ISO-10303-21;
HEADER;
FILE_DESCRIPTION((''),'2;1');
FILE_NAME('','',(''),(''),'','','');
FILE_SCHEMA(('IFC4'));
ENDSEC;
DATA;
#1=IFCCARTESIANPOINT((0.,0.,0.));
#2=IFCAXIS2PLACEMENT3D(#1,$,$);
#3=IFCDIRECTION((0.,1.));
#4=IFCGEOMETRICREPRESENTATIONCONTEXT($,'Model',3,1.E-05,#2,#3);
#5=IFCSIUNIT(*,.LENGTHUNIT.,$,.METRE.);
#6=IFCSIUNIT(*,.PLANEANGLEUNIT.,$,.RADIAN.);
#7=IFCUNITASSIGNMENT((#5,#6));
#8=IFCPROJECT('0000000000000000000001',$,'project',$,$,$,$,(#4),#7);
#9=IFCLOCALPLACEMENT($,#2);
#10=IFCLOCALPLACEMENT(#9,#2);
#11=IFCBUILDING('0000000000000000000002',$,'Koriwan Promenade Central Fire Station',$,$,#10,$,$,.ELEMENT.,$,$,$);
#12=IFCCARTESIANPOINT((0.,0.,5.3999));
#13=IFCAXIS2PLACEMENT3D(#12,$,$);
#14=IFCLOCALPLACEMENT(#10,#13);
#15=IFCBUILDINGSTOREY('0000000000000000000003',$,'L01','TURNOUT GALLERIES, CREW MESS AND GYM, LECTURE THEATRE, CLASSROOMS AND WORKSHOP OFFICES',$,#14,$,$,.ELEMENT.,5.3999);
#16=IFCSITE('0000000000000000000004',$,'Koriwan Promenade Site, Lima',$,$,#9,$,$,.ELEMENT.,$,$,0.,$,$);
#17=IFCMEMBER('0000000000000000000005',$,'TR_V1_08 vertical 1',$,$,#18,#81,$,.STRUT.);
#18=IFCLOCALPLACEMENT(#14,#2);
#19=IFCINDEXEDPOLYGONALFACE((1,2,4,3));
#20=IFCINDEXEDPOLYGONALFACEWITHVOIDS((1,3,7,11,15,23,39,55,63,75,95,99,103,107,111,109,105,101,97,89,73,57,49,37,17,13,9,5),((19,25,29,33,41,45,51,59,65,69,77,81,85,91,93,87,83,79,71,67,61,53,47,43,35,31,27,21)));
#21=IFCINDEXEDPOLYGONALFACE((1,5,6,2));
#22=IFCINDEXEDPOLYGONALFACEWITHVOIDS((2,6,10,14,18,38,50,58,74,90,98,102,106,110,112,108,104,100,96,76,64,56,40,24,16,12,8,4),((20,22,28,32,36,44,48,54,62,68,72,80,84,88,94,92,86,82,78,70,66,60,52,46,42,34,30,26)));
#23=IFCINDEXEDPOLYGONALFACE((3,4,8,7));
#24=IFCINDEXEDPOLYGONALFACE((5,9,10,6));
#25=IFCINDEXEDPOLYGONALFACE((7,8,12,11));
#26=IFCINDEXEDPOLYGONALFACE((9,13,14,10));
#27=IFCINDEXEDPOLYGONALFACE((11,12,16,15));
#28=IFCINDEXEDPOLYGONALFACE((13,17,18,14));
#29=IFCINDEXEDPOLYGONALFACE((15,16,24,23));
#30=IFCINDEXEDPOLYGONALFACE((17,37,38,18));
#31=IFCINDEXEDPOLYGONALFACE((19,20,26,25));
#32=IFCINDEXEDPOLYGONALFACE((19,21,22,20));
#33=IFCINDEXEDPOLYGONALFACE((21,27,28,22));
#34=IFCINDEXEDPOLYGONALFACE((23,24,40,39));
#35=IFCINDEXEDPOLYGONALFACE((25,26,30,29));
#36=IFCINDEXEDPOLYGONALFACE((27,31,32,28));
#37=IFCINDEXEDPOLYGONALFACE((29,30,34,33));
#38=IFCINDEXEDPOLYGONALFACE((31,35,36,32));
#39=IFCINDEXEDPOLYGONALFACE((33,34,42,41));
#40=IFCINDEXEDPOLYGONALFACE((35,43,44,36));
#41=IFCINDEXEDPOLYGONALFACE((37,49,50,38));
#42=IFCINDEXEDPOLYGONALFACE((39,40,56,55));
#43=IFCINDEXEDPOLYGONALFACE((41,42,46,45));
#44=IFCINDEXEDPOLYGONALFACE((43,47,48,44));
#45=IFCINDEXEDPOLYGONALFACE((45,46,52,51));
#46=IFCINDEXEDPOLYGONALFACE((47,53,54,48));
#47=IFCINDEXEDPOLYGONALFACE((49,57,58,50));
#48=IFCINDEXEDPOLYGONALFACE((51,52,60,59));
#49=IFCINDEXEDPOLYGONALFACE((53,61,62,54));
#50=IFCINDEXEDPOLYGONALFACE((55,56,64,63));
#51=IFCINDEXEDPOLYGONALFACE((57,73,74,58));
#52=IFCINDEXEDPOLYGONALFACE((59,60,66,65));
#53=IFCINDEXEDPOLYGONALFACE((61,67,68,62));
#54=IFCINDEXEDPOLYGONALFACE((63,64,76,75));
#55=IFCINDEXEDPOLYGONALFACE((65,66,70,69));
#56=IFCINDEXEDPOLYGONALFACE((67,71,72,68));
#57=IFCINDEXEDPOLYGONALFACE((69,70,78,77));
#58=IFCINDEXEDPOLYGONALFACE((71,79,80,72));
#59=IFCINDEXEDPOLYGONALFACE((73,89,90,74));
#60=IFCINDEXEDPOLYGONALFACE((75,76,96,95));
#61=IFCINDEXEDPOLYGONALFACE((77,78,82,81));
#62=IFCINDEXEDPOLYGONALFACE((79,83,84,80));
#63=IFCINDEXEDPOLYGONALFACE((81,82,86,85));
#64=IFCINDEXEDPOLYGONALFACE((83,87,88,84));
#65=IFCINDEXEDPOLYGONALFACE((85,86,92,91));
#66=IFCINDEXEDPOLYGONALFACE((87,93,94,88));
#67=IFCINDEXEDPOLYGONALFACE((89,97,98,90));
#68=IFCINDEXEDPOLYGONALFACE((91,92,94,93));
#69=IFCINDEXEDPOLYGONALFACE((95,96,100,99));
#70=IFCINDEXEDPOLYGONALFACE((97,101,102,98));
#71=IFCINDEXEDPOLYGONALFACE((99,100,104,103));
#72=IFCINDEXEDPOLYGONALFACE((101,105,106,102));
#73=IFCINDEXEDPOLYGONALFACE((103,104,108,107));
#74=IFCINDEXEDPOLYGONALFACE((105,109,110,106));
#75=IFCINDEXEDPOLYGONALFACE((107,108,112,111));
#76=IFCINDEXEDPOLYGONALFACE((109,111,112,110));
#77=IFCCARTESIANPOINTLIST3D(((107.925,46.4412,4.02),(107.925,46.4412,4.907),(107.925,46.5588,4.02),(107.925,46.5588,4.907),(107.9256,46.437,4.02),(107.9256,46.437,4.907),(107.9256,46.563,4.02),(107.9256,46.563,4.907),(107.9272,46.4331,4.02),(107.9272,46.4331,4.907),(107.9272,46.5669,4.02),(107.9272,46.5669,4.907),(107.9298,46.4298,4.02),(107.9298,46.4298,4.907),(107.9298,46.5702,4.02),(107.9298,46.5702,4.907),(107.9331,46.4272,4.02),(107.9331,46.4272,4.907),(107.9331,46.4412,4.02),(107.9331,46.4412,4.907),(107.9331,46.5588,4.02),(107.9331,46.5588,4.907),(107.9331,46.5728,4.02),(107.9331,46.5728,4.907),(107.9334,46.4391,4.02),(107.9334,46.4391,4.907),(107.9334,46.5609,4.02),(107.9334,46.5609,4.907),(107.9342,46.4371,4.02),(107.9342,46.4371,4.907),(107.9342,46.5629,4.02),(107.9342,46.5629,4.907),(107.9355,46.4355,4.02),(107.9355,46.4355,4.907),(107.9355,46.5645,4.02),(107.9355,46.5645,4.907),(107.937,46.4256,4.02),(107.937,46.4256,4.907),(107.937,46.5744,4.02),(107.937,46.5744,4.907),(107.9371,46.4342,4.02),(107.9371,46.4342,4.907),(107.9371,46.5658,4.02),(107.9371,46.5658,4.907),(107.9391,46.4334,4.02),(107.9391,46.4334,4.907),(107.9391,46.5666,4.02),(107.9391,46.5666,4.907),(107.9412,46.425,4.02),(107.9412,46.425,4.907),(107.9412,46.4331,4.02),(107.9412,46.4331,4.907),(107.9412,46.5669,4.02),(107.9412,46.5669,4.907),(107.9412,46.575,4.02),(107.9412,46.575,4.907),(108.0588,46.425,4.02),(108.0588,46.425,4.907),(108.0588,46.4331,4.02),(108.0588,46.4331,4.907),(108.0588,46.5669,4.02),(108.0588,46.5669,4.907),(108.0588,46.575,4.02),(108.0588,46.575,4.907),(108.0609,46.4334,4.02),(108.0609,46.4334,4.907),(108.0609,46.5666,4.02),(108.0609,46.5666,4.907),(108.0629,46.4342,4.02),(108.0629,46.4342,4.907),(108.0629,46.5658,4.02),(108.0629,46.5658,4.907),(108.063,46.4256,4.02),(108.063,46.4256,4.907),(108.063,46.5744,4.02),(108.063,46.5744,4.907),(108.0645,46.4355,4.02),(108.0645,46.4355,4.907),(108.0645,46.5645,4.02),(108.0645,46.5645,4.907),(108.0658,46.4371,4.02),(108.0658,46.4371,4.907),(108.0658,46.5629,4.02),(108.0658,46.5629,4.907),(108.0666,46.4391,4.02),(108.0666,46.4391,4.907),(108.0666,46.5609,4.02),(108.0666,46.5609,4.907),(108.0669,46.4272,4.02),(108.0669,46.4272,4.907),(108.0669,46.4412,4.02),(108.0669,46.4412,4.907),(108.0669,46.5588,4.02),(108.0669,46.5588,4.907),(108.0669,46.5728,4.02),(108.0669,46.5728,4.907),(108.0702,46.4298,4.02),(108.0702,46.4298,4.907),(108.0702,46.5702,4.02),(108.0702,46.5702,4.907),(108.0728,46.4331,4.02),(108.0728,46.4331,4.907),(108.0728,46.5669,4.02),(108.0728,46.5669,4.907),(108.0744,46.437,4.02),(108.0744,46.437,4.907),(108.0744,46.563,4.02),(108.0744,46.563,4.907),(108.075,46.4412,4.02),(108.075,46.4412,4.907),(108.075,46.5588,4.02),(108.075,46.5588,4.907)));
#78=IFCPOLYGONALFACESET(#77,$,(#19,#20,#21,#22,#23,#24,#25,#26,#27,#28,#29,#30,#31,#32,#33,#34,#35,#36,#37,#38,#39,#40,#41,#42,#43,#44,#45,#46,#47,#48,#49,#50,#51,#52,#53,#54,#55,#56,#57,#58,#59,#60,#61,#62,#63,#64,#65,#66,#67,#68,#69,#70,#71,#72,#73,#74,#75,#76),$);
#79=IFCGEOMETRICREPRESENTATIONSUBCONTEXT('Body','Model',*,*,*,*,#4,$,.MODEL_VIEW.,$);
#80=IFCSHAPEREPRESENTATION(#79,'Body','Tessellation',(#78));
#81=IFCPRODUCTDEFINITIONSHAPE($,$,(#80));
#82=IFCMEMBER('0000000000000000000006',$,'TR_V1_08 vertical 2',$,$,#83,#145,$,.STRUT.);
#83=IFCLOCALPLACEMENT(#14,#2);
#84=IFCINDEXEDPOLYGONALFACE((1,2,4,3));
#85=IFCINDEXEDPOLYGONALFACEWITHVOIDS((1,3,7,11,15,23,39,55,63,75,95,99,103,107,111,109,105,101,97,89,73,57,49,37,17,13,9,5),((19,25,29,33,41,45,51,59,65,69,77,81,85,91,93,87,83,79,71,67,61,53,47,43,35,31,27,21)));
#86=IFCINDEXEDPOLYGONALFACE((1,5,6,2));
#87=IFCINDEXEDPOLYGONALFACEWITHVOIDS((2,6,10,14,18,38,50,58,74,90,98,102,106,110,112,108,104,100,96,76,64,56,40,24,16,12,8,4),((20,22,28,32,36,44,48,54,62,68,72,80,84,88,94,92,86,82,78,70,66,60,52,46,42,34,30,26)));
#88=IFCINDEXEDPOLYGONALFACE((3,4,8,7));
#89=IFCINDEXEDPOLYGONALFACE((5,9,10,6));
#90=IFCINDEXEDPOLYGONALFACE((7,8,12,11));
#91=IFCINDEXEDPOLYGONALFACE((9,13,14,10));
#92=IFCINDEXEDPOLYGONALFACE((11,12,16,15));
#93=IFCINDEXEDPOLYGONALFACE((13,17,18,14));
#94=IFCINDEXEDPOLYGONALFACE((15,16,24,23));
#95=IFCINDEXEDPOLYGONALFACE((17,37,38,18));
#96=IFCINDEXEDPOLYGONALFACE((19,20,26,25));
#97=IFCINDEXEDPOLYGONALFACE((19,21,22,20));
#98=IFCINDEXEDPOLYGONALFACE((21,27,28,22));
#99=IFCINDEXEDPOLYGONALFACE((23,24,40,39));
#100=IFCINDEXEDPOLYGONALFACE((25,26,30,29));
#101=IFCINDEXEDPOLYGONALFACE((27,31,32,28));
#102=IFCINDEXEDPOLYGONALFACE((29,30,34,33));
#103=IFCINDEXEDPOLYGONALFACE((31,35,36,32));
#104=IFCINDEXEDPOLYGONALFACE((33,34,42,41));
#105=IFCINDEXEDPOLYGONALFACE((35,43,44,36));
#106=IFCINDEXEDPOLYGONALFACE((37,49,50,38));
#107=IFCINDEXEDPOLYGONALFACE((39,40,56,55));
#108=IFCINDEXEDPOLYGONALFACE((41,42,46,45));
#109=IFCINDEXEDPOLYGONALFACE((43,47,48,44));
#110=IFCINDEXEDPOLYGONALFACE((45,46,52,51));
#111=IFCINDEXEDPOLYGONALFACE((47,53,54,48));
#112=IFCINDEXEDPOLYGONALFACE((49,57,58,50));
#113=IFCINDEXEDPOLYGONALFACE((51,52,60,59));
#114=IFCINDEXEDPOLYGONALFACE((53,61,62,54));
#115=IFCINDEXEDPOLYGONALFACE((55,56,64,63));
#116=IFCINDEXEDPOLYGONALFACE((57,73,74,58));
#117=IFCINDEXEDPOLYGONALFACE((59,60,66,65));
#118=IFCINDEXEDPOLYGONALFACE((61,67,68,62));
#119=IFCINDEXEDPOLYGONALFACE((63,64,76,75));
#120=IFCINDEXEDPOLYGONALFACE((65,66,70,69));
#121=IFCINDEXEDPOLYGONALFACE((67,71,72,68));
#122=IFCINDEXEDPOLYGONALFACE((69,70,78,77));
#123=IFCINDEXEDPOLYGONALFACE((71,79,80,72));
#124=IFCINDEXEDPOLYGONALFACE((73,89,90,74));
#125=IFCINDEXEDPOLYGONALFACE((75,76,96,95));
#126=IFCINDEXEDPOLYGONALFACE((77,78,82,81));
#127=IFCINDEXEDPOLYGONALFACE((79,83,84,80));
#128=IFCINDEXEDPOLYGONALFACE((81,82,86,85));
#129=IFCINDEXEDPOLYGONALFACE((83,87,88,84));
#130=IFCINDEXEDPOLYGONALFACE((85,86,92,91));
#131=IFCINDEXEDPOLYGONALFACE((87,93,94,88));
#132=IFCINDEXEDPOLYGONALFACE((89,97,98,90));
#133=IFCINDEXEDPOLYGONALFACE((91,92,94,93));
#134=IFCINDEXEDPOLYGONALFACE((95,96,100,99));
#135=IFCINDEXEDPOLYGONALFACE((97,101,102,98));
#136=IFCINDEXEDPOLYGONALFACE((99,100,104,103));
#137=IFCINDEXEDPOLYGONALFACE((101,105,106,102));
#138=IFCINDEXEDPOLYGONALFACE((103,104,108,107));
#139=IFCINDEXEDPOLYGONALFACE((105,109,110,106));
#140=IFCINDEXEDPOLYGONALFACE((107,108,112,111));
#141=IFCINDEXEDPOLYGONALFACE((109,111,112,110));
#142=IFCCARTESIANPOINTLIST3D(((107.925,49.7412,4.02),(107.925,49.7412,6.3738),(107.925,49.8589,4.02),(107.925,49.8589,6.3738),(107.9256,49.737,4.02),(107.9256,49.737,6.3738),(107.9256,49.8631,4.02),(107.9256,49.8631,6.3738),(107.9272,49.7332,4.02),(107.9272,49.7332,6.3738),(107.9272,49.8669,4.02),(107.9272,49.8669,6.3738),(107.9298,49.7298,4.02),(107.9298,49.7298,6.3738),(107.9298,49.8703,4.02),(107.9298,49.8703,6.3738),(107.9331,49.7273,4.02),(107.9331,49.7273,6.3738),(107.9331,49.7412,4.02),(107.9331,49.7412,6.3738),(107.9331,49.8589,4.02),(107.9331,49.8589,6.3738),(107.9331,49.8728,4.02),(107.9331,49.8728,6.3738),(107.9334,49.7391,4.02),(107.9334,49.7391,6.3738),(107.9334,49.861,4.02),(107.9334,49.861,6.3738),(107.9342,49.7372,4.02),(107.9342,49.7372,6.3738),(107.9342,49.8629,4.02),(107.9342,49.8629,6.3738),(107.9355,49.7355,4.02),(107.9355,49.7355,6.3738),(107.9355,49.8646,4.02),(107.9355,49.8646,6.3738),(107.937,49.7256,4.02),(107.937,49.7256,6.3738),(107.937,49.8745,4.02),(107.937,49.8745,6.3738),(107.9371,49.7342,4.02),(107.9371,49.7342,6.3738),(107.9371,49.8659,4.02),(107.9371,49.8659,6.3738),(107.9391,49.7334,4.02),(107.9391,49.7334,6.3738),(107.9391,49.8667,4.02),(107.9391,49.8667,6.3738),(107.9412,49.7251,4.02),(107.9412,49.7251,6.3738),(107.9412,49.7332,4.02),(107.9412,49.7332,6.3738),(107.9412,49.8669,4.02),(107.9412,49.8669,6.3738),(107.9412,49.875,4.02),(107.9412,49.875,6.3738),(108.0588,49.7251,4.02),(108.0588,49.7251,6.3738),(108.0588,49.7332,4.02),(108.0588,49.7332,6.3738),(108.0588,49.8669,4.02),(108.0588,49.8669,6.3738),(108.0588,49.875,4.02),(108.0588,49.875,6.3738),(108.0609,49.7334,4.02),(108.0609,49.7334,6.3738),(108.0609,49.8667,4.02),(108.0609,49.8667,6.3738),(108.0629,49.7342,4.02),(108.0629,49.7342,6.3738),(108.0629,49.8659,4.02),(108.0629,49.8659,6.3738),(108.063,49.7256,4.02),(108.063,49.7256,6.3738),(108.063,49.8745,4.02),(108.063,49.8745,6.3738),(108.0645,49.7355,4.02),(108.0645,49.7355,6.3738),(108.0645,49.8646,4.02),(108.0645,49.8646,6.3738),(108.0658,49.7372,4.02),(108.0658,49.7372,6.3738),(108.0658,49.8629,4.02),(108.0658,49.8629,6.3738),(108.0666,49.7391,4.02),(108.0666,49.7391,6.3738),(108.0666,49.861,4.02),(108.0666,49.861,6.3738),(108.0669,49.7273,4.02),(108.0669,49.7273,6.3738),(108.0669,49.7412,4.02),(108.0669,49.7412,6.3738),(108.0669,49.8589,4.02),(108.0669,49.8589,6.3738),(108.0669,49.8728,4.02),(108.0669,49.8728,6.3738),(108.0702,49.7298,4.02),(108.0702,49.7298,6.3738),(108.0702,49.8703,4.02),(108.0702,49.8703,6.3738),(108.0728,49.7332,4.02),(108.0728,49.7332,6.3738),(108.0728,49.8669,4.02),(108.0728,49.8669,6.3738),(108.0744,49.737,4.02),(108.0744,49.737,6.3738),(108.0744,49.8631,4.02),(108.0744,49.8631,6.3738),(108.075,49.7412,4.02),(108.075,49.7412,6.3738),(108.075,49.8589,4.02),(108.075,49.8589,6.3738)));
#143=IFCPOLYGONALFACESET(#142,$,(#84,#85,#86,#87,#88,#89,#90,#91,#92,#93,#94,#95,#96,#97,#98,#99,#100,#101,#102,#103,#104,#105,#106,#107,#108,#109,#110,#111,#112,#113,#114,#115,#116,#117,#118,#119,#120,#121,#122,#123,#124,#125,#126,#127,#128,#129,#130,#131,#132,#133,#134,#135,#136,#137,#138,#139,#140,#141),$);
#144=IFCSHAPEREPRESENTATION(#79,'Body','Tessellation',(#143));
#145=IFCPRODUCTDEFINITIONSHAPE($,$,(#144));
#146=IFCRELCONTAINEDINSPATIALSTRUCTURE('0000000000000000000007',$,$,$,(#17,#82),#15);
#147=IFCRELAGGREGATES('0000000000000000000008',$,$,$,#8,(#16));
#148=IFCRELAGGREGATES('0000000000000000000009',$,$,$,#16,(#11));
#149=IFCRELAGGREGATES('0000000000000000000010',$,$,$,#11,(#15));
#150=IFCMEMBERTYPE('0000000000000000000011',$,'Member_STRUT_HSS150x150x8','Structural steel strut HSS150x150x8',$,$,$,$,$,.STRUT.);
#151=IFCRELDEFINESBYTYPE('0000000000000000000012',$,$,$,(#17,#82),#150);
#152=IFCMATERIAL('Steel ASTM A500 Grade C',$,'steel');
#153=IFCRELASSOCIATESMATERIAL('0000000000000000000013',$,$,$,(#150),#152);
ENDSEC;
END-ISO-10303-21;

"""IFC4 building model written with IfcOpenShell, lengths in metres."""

from ifc_helpers import new_model, si_unit, direction, frame, origin, origin_2d, place, context, subcontext, project, spatial, hollow_rectangle, extrude, material, material_profile, profile_set, type_object, element, save


model = new_model("IFC4")

# Units and contexts
model_context = context("Model", 3, precision=1e-05, world=origin(), true_north=direction((0.0, 1.0)))
body_context = subcontext(model_context, "Body", "Model", "MODEL_VIEW")
ifc_project = project(units=[si_unit("LENGTHUNIT", "METRE"), si_unit("PLANEANGLEUNIT", "RADIAN")], contexts=[model_context])

# Site, building, storey
site_placement = place(None, origin())
site = spatial("IfcSite", under=ifc_project, at=site_placement, Name="Koriwan Promenade Site, Lima", CompositionType="ELEMENT", RefElevation=0.0)
building_placement = place(site_placement, origin())
building = spatial("IfcBuilding", under=site, at=building_placement, Name="Koriwan Promenade Central Fire Station", CompositionType="ELEMENT")
storey_placement = place(building_placement, frame((0.0, 0.0, 5.3999)))
storey = spatial("IfcBuildingStorey", under=building, at=storey_placement, Name="L01", Description="TURNOUT GALLERIES, CREW MESS AND GYM, LECTURE THEATRE, CLASSROOMS AND WORKSHOP OFFICES", CompositionType="ELEMENT", Elevation=5.3999)

# Members
ifc_material_1 = material(Name="Steel ASTM A500 Grade C", Category="steel")
ifc_material_profile_1 = material_profile(ifc_material_1, hollow_rectangle(XDim=0.1499, YDim=0.1499, WallThickness=0.0081, InnerFilletRadius=0.0081, OuterFilletRadius=0.0161, at=origin_2d()), Name="HSS150x150x8")
ifc_profile_set_1 = profile_set([ifc_material_profile_1], Name="Steel ASTM A500 Grade C")
member_type = type_object("IfcMemberType", Name="Member_STRUT_HSS150x150x8", Description="Structural steel strut HSS150x150x8", PredefinedType="STRUT", material=ifc_profile_set_1)
member_1_placement = place(storey_placement, frame((108.0, 46.5, 4.02), z_axis=(0.0, 0.0, 1.0), x_axis=(1.0, 0.0, 0.0)))
element("IfcMember", 1, at=member_1_placement, inside=storey, type_object=member_type, Name="TR_V1_08 vertical 1", PredefinedType="STRUT", context=body_context, shape_type="SweptSolid", body=[
    extrude(hollow_rectangle(XDim=0.1499, YDim=0.1499, WallThickness=0.0081, InnerFilletRadius=0.0081, OuterFilletRadius=0.0161, at=origin_2d()), origin(), (0.0, 0.0, 1.0), 0.887),
])
member_2_placement = place(storey_placement, frame((108.0, 49.8, 4.02), z_axis=(0.0, 0.0, 1.0), x_axis=(1.0, 0.0, 0.0)))
element("IfcMember", 2, at=member_2_placement, inside=storey, type_object=member_type, Name="TR_V1_08 vertical 2", PredefinedType="STRUT", context=body_context, shape_type="SweptSolid", body=[
    extrude(hollow_rectangle(XDim=0.1499, YDim=0.1499, WallThickness=0.0081, InnerFilletRadius=0.0081, OuterFilletRadius=0.0161, at=origin_2d()), origin(), (0.0, 0.0, 1.0), 2.3538),
])

save(model, "model.ifc")
